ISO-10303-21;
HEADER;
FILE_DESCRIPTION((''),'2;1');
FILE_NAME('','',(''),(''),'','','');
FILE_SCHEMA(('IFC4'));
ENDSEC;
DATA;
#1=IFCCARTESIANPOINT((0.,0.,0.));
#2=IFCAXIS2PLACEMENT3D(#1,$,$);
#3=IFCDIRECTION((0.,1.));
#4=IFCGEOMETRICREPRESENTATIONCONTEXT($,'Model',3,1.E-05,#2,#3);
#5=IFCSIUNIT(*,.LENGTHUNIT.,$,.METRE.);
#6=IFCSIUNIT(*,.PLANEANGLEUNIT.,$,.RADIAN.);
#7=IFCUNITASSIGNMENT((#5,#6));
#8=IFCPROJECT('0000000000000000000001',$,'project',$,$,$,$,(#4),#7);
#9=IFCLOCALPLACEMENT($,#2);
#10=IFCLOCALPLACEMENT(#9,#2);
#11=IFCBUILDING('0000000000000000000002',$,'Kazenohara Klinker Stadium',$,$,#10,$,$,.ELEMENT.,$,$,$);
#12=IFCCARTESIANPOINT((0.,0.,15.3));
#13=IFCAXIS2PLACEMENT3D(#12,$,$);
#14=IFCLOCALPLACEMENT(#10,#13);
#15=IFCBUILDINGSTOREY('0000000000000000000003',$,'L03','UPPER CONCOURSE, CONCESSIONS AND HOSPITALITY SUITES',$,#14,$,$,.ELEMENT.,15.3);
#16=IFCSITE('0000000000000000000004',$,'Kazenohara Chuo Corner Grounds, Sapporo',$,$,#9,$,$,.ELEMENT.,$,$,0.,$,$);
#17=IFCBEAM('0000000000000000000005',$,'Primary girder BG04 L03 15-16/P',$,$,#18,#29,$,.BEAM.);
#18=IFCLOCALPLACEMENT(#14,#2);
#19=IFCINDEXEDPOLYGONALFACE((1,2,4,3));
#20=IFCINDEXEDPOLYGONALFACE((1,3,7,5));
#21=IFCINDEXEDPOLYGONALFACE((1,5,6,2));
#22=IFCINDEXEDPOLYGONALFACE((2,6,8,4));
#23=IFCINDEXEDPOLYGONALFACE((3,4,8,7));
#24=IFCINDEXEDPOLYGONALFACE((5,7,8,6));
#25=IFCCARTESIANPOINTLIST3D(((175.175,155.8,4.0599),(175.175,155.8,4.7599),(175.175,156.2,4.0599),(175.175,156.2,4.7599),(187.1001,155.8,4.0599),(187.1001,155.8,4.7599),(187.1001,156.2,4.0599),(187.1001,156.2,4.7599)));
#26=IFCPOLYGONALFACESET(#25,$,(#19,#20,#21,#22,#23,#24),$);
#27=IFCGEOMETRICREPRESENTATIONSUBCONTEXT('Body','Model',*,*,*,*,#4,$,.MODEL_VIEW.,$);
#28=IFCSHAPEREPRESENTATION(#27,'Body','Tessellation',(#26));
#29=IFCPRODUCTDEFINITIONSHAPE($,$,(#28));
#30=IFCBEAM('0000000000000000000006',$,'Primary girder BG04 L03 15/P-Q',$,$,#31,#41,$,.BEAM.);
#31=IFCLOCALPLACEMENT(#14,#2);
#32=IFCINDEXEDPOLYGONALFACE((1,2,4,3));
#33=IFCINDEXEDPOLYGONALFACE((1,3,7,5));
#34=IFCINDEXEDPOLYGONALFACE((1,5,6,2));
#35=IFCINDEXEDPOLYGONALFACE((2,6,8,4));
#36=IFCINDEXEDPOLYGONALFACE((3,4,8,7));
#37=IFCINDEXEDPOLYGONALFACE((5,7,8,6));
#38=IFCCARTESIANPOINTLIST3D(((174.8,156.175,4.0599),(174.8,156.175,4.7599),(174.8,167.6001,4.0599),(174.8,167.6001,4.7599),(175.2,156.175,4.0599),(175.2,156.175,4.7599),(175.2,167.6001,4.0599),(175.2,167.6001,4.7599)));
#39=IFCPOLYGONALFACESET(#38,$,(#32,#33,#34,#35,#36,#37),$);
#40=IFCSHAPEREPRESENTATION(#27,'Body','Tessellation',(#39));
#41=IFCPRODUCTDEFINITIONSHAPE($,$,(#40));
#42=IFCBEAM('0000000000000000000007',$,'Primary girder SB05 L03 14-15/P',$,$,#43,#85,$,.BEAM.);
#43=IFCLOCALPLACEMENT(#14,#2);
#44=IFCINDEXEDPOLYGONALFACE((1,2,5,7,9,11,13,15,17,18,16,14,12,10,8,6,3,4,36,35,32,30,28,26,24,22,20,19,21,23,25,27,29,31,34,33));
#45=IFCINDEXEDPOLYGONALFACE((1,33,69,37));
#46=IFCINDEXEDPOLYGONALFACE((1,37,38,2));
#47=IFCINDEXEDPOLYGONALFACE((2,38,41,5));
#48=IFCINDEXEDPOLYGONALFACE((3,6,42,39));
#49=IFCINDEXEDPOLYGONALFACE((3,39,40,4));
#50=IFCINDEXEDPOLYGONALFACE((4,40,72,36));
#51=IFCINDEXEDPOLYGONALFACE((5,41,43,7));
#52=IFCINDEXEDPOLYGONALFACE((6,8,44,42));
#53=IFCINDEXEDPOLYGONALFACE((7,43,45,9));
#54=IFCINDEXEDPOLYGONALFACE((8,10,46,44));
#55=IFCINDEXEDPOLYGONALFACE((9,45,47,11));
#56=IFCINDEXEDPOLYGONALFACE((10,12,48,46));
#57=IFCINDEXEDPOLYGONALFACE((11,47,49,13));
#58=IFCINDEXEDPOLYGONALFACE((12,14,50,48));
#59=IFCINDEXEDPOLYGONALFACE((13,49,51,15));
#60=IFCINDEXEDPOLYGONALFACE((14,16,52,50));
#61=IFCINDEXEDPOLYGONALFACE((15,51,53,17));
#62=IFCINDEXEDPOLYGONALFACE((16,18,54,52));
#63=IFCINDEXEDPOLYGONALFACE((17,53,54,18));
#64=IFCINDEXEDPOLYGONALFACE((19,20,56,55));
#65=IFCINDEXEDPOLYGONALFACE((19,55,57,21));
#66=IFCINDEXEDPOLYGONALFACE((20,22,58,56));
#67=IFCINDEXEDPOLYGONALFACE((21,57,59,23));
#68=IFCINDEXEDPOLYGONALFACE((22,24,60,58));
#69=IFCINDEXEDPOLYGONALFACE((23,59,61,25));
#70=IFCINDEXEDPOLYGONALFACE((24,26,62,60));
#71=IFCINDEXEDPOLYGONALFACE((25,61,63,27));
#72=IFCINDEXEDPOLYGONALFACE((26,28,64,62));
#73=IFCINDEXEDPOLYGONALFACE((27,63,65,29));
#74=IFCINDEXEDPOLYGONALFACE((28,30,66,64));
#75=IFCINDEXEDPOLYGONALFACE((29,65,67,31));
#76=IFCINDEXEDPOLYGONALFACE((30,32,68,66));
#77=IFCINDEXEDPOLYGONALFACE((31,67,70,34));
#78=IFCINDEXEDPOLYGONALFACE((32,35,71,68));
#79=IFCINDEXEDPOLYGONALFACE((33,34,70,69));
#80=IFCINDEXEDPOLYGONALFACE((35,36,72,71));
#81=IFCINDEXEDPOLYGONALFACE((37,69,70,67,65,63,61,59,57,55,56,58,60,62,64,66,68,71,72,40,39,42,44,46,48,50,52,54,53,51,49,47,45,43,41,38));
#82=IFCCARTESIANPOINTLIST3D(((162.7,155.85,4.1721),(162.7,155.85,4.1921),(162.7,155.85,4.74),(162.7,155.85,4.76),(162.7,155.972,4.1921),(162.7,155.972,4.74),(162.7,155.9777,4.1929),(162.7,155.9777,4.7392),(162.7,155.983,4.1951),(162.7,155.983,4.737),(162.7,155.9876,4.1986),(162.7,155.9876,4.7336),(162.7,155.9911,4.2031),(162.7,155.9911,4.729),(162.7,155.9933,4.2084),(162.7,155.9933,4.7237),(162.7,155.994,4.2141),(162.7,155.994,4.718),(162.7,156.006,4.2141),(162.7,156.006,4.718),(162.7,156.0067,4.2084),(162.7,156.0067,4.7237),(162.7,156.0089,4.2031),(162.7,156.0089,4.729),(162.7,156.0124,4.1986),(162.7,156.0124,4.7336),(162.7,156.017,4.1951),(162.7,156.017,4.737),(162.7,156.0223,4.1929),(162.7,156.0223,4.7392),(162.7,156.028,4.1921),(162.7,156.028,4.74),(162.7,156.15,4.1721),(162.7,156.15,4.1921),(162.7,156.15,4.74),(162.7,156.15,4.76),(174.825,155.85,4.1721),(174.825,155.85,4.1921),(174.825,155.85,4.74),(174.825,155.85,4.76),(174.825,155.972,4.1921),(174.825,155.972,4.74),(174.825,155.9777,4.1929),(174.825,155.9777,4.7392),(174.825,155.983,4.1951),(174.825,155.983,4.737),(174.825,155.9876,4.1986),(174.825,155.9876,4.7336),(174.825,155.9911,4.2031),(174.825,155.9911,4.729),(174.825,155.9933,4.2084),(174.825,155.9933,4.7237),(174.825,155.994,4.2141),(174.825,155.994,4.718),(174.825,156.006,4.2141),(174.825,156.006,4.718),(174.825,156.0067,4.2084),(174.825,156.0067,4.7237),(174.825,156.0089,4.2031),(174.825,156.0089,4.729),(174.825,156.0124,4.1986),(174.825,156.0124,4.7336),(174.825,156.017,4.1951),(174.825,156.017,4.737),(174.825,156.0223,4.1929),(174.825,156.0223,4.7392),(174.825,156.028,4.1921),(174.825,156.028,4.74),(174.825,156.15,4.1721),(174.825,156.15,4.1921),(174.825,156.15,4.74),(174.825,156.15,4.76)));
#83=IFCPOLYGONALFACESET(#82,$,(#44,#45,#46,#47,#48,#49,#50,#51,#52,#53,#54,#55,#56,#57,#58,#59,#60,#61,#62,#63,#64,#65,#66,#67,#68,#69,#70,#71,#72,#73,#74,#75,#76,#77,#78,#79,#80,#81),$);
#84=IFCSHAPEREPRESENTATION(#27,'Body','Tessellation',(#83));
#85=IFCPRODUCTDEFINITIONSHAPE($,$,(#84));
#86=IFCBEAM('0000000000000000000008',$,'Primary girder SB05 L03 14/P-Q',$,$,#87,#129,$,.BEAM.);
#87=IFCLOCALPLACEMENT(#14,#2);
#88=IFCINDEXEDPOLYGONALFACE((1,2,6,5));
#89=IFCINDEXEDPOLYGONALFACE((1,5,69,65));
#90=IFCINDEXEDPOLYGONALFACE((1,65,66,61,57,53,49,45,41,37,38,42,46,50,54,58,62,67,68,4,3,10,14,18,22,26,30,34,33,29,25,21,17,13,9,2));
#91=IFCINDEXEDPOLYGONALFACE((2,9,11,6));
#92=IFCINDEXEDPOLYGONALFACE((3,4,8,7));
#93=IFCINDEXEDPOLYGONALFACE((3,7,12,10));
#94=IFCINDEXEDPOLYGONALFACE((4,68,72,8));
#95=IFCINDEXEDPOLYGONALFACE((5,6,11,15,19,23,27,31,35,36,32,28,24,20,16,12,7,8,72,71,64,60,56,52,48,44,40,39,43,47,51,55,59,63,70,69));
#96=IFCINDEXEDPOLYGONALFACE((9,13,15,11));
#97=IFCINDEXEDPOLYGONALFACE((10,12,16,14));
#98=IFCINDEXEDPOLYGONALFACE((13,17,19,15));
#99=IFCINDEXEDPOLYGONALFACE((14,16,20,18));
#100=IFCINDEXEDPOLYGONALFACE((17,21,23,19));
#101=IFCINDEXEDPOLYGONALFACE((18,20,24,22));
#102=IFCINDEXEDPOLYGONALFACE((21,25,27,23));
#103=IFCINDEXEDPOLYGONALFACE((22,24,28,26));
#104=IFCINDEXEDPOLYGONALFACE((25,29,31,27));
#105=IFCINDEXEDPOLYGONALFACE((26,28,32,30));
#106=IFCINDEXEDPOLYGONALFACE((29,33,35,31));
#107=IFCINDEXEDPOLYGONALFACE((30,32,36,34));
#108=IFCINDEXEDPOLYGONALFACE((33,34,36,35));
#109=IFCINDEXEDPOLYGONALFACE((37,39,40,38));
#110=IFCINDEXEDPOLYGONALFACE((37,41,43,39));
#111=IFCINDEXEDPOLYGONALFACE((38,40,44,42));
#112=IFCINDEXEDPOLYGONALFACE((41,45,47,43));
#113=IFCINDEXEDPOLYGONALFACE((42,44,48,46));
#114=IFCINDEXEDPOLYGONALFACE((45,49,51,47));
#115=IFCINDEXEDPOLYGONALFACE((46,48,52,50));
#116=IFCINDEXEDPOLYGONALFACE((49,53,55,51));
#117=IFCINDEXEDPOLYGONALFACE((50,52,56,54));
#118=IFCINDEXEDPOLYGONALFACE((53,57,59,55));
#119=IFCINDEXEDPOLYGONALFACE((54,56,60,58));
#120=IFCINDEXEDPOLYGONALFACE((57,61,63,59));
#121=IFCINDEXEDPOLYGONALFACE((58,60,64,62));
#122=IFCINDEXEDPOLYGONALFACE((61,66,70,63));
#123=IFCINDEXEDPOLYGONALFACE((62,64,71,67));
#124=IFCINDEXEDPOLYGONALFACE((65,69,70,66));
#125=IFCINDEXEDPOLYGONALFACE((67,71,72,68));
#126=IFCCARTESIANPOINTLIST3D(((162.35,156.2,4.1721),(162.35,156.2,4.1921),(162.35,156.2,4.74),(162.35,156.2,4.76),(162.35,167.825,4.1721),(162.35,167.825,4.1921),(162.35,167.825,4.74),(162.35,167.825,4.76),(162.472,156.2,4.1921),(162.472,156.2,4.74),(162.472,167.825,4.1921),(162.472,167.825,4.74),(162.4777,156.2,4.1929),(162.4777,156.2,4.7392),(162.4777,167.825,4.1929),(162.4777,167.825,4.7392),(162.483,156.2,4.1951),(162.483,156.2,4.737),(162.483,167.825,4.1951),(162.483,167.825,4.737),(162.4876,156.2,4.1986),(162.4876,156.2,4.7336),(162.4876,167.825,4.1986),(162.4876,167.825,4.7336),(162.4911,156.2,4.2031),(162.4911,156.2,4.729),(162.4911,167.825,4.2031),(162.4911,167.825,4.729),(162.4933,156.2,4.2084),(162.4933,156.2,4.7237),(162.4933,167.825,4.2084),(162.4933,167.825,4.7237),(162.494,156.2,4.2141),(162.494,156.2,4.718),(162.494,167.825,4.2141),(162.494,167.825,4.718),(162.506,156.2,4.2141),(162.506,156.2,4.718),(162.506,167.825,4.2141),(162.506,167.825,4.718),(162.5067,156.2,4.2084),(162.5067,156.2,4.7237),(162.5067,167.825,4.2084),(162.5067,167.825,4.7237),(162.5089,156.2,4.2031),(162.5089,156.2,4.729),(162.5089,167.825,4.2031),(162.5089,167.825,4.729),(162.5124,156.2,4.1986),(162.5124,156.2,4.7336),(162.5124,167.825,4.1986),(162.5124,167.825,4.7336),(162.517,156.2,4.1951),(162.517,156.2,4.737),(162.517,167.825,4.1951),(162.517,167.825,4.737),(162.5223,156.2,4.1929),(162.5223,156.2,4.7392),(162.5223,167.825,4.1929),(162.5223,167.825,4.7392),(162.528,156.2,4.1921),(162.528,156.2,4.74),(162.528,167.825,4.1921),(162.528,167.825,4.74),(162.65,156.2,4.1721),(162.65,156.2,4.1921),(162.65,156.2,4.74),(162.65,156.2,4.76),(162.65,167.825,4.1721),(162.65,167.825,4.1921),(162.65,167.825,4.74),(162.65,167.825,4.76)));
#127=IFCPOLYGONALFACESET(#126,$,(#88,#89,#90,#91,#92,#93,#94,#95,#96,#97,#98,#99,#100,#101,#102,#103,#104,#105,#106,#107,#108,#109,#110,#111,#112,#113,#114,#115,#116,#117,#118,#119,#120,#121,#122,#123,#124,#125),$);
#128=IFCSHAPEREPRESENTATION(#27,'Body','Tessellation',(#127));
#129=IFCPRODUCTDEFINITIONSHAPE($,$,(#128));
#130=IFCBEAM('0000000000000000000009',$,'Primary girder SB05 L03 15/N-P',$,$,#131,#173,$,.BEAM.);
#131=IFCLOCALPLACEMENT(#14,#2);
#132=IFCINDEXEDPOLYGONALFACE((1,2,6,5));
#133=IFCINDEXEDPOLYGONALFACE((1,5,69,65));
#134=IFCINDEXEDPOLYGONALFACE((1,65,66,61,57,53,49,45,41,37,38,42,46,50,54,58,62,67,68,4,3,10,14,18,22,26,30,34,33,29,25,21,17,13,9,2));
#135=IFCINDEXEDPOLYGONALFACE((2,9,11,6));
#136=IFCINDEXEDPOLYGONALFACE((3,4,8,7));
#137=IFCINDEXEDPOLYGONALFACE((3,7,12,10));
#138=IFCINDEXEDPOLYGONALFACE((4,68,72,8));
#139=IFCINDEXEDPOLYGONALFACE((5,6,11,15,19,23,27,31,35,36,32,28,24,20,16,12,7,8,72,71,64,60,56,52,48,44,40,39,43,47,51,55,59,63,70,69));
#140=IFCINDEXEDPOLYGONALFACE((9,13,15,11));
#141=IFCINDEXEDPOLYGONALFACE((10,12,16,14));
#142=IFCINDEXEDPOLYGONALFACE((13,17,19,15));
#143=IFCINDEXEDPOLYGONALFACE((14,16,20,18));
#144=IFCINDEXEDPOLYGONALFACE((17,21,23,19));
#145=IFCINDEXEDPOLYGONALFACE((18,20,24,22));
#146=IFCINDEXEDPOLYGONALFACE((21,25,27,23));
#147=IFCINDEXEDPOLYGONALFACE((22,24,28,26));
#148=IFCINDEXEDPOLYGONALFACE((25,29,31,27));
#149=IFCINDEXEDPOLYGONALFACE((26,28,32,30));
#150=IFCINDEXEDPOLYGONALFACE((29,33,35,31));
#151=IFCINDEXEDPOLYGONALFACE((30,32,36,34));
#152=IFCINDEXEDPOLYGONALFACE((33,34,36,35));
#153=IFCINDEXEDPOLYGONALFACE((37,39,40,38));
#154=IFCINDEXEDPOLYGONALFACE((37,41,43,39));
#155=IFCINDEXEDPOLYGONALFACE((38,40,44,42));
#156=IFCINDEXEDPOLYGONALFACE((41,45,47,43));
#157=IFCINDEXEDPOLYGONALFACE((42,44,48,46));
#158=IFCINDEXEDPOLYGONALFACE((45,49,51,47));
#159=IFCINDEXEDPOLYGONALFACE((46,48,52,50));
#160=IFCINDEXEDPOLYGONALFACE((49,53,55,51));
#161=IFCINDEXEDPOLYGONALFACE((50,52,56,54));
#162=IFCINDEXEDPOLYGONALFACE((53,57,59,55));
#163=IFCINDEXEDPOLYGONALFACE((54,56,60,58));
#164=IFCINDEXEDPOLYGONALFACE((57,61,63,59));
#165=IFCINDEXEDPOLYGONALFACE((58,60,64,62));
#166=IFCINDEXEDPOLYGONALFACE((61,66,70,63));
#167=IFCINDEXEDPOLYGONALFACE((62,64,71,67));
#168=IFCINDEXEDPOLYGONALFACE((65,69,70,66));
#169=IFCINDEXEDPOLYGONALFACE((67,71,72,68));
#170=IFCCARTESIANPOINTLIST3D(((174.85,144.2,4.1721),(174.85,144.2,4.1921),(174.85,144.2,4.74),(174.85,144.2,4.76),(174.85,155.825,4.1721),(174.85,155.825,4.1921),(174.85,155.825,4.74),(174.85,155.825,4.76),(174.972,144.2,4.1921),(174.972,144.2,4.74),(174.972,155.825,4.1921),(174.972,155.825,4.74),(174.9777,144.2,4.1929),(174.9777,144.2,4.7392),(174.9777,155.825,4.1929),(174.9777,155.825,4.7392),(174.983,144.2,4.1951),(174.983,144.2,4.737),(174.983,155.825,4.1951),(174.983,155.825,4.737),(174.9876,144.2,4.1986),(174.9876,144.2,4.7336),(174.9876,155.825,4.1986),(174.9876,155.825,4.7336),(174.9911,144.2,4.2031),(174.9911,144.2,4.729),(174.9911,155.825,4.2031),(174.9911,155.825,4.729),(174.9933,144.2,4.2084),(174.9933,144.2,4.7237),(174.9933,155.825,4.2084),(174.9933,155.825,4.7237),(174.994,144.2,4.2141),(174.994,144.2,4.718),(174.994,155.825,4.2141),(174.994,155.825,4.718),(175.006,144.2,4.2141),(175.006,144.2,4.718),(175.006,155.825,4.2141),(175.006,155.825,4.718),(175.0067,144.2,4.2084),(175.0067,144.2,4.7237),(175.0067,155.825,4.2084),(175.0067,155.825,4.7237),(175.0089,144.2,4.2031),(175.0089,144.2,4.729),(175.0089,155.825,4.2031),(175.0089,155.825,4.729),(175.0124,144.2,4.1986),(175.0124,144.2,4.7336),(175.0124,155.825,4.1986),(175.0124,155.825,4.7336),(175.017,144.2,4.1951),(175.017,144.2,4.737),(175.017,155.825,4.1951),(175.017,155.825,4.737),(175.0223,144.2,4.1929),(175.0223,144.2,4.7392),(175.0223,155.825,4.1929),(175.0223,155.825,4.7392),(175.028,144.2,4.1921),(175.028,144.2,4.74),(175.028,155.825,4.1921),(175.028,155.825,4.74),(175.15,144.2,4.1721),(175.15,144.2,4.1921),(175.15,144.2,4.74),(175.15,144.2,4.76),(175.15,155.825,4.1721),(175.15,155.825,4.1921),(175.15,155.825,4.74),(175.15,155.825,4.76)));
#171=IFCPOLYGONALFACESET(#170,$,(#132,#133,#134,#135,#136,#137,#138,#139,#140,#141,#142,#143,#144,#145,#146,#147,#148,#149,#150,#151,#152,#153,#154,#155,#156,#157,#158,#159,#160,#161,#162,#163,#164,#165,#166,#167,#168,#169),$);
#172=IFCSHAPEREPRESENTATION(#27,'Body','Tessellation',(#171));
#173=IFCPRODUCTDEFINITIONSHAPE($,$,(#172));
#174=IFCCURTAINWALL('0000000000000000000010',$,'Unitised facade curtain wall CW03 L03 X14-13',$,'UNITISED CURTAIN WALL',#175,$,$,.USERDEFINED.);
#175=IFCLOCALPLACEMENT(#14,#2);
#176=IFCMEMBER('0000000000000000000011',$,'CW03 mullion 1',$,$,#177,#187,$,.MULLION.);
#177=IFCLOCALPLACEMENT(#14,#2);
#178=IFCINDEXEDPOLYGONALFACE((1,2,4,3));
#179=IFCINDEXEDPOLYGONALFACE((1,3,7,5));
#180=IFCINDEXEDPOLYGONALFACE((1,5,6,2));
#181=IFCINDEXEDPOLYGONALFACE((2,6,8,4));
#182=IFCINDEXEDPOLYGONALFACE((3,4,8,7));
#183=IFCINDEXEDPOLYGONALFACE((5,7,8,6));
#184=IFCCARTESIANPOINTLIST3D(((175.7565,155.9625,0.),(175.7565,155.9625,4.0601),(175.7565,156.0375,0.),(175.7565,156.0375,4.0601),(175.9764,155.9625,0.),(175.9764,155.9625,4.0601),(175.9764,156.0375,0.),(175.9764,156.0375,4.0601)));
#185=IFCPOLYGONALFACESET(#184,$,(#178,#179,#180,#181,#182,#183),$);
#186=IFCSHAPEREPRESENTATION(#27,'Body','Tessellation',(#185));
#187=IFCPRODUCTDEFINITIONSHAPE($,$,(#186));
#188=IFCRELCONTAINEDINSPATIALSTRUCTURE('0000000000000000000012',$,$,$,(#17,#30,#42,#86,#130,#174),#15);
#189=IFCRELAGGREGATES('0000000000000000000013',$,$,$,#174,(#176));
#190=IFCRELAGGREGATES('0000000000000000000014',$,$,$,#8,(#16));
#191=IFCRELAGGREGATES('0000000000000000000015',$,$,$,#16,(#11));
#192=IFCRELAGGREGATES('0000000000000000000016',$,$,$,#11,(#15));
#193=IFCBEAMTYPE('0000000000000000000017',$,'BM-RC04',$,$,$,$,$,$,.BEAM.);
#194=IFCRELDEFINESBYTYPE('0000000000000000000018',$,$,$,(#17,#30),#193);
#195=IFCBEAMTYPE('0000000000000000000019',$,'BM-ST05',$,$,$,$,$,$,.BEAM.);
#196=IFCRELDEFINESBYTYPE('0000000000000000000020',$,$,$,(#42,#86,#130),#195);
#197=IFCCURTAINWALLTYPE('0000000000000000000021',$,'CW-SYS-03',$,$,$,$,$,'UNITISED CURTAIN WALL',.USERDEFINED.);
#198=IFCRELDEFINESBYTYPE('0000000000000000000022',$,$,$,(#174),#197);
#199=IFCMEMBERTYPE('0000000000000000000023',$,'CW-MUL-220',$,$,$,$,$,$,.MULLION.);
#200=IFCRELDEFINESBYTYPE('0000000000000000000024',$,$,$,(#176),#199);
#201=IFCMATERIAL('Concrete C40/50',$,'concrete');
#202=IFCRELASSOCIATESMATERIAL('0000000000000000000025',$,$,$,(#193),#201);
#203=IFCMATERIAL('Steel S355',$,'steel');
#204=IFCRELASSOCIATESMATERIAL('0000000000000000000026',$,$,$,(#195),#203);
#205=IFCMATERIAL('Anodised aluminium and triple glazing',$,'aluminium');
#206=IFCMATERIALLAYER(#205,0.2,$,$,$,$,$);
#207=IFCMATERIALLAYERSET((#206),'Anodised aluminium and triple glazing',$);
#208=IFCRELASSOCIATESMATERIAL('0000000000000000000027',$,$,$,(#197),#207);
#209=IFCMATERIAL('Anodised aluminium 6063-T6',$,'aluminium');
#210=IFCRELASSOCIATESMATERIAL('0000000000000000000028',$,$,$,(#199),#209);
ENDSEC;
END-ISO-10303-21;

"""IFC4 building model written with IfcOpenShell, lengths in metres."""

from ifc_helpers import new_model, si_unit, direction, frame, origin, origin_2d, place, context, subcontext, project, spatial, rectangle, i_section, extrude, material, layer, layer_set, material_profile, profile_set, type_object, element, aggregate, save


model = new_model("IFC4")

# Units and contexts
model_context = context("Model", 3, precision=1e-05, world=origin(), true_north=direction((0.0, 1.0)))
body_context = subcontext(model_context, "Body", "Model", "MODEL_VIEW")
ifc_project = project(units=[si_unit("LENGTHUNIT", "METRE"), si_unit("PLANEANGLEUNIT", "RADIAN")], contexts=[model_context])

# Site, building, storey
site_placement = place(None, origin())
site = spatial("IfcSite", under=ifc_project, at=site_placement, Name="Kazenohara Chuo Corner Grounds, Sapporo", CompositionType="ELEMENT", RefElevation=0.0)
building_placement = place(site_placement, origin())
building = spatial("IfcBuilding", under=site, at=building_placement, Name="Kazenohara Klinker Stadium", CompositionType="ELEMENT")
storey_placement = place(building_placement, frame((0.0, 0.0, 15.3)))
storey = spatial("IfcBuildingStorey", under=building, at=storey_placement, Name="L03", Description="UPPER CONCOURSE, CONCESSIONS AND HOSPITALITY SUITES", CompositionType="ELEMENT", Elevation=15.3)

# Shared definitions
ifc_material_1 = material(Name="Steel S355", Category="steel")

# Beams
ifc_material_2 = material(Name="Concrete C40/50", Category="concrete")
ifc_material_profile_1 = material_profile(ifc_material_2, rectangle(XDim=0.3999, YDim=0.7, at=origin_2d()), Name="RC-BM-400x700")
ifc_profile_set_1 = profile_set([ifc_material_profile_1], Name="Concrete C40/50")
beam_type_1 = type_object("IfcBeamType", Name="BM-RC04", PredefinedType="BEAM", material=ifc_profile_set_1)
beam_1_placement = place(storey_placement, frame((175.175, 156.0, 4.4099), z_axis=(1.0, 0.0, 0.0), x_axis=(0.0, 1.0, 0.0)))
element("IfcBeam", 1, at=beam_1_placement, inside=storey, type_object=beam_type_1, Name="Primary girder BG04 L03 15-16/P", PredefinedType="BEAM", context=body_context, shape_type="SweptSolid", body=[
    extrude(rectangle(XDim=0.3999, YDim=0.7, at=origin_2d()), origin(), (0.0, 0.0, 1.0), 11.925),
])
beam_2_placement = place(storey_placement, frame((175.0, 156.175, 4.4099), z_axis=(0.0, 1.0, 0.0), x_axis=(-1.0, 0.0, 0.0)))
element("IfcBeam", 2, at=beam_2_placement, inside=storey, type_object=beam_type_1, Name="Primary girder BG04 L03 15/P-Q", PredefinedType="BEAM", context=body_context, shape_type="SweptSolid", body=[
    extrude(rectangle(XDim=0.3999, YDim=0.7, at=origin_2d()), origin(), (0.0, 0.0, 1.0), 11.425),
])
ifc_material_profile_2 = material_profile(ifc_material_1, i_section(OverallWidth=0.3, OverallDepth=0.5879, WebThickness=0.012, FlangeThickness=0.02, FilletRadius=0.022, at=origin_2d()), Name="H-588x300x12x20")
ifc_profile_set_2 = profile_set([ifc_material_profile_2], Name="Steel S355")
beam_type_2 = type_object("IfcBeamType", Name="BM-ST05", PredefinedType="BEAM", material=ifc_profile_set_2)
beam_3_placement = place(storey_placement, frame((162.7, 156.0, 4.4661), z_axis=(1.0, 0.0, 0.0), x_axis=(0.0, 1.0, 0.0)))
element("IfcBeam", 3, at=beam_3_placement, inside=storey, type_object=beam_type_2, Name="Primary girder SB05 L03 14-15/P", PredefinedType="BEAM", context=body_context, shape_type="SweptSolid", body=[
    extrude(i_section(OverallWidth=0.3, OverallDepth=0.5879, WebThickness=0.012, FlangeThickness=0.02, FilletRadius=0.022, at=origin_2d()), origin(), (0.0, 0.0, 1.0), 12.125),
])
for number, where, z_axis, x_axis, name in (
    (4, (162.5, 156.2, 4.4661), (0.0, 1.0, 0.0), (-1.0, 0.0, 0.0), "Primary girder SB05 L03 14/P-Q"),
    (5, (175.0, 144.2, 4.4661), (0.0, 1.0, 0.0), (-1.0, 0.0, 0.0), "Primary girder SB05 L03 15/N-P"),
):
    element("IfcBeam", number, at=place(storey_placement, frame(where, z_axis=z_axis, x_axis=x_axis)), inside=storey, type_object=beam_type_2, Name=name, PredefinedType="BEAM", context=body_context, shape_type="SweptSolid", body=[
        extrude(i_section(OverallWidth=0.3, OverallDepth=0.5879, WebThickness=0.012, FlangeThickness=0.02, FilletRadius=0.022, at=origin_2d()), origin(), (0.0, 0.0, 1.0), 11.625),
    ])

# Curtain wall, member
ifc_material_3 = material(Name="Anodised aluminium and triple glazing", Category="aluminium")
ifc_layer_1 = layer(ifc_material_3, 0.2)
ifc_layer_set_1 = layer_set([ifc_layer_1], Name="Anodised aluminium and triple glazing")
curtain_wall_type = type_object("IfcCurtainWallType", Name="CW-SYS-03", ElementType="UNITISED CURTAIN WALL", PredefinedType="USERDEFINED", material=ifc_layer_set_1)
curtain_wall_placement = place(storey_placement, origin())
curtain_wall = element("IfcCurtainWall", 6, at=curtain_wall_placement, inside=storey, type_object=curtain_wall_type, Name="Unitised facade curtain wall CW03 L03 X14-13", ObjectType="UNITISED CURTAIN WALL", PredefinedType="USERDEFINED")
ifc_material_4 = material(Name="Anodised aluminium 6063-T6", Category="aluminium")
ifc_material_profile_3 = material_profile(ifc_material_4, rectangle(XDim=0.075, YDim=0.22, at=origin_2d()), Name="ALU-MUL-75x220")
ifc_profile_set_3 = profile_set([ifc_material_profile_3], Name="Anodised aluminium 6063-T6")
member_type_1 = type_object("IfcMemberType", Name="CW-MUL-220", PredefinedType="MULLION", material=ifc_profile_set_3)
member_1_placement = place(storey_placement, frame((175.8665, 156.0, 0.0), z_axis=(0.0, 0.0, 1.0), x_axis=(0.0, 1.0, 0.0)))
member_1 = element("IfcMember", 7, at=member_1_placement, type_object=member_type_1, Name="CW03 mullion 1", PredefinedType="MULLION", context=body_context, shape_type="SweptSolid", body=[
    extrude(rectangle(XDim=0.075, YDim=0.22, at=origin_2d()), origin(), (0.0, 0.0, 1.0), 4.0601),
])
aggregate(curtain_wall, [member_1])

save(model, "model.ifc")
